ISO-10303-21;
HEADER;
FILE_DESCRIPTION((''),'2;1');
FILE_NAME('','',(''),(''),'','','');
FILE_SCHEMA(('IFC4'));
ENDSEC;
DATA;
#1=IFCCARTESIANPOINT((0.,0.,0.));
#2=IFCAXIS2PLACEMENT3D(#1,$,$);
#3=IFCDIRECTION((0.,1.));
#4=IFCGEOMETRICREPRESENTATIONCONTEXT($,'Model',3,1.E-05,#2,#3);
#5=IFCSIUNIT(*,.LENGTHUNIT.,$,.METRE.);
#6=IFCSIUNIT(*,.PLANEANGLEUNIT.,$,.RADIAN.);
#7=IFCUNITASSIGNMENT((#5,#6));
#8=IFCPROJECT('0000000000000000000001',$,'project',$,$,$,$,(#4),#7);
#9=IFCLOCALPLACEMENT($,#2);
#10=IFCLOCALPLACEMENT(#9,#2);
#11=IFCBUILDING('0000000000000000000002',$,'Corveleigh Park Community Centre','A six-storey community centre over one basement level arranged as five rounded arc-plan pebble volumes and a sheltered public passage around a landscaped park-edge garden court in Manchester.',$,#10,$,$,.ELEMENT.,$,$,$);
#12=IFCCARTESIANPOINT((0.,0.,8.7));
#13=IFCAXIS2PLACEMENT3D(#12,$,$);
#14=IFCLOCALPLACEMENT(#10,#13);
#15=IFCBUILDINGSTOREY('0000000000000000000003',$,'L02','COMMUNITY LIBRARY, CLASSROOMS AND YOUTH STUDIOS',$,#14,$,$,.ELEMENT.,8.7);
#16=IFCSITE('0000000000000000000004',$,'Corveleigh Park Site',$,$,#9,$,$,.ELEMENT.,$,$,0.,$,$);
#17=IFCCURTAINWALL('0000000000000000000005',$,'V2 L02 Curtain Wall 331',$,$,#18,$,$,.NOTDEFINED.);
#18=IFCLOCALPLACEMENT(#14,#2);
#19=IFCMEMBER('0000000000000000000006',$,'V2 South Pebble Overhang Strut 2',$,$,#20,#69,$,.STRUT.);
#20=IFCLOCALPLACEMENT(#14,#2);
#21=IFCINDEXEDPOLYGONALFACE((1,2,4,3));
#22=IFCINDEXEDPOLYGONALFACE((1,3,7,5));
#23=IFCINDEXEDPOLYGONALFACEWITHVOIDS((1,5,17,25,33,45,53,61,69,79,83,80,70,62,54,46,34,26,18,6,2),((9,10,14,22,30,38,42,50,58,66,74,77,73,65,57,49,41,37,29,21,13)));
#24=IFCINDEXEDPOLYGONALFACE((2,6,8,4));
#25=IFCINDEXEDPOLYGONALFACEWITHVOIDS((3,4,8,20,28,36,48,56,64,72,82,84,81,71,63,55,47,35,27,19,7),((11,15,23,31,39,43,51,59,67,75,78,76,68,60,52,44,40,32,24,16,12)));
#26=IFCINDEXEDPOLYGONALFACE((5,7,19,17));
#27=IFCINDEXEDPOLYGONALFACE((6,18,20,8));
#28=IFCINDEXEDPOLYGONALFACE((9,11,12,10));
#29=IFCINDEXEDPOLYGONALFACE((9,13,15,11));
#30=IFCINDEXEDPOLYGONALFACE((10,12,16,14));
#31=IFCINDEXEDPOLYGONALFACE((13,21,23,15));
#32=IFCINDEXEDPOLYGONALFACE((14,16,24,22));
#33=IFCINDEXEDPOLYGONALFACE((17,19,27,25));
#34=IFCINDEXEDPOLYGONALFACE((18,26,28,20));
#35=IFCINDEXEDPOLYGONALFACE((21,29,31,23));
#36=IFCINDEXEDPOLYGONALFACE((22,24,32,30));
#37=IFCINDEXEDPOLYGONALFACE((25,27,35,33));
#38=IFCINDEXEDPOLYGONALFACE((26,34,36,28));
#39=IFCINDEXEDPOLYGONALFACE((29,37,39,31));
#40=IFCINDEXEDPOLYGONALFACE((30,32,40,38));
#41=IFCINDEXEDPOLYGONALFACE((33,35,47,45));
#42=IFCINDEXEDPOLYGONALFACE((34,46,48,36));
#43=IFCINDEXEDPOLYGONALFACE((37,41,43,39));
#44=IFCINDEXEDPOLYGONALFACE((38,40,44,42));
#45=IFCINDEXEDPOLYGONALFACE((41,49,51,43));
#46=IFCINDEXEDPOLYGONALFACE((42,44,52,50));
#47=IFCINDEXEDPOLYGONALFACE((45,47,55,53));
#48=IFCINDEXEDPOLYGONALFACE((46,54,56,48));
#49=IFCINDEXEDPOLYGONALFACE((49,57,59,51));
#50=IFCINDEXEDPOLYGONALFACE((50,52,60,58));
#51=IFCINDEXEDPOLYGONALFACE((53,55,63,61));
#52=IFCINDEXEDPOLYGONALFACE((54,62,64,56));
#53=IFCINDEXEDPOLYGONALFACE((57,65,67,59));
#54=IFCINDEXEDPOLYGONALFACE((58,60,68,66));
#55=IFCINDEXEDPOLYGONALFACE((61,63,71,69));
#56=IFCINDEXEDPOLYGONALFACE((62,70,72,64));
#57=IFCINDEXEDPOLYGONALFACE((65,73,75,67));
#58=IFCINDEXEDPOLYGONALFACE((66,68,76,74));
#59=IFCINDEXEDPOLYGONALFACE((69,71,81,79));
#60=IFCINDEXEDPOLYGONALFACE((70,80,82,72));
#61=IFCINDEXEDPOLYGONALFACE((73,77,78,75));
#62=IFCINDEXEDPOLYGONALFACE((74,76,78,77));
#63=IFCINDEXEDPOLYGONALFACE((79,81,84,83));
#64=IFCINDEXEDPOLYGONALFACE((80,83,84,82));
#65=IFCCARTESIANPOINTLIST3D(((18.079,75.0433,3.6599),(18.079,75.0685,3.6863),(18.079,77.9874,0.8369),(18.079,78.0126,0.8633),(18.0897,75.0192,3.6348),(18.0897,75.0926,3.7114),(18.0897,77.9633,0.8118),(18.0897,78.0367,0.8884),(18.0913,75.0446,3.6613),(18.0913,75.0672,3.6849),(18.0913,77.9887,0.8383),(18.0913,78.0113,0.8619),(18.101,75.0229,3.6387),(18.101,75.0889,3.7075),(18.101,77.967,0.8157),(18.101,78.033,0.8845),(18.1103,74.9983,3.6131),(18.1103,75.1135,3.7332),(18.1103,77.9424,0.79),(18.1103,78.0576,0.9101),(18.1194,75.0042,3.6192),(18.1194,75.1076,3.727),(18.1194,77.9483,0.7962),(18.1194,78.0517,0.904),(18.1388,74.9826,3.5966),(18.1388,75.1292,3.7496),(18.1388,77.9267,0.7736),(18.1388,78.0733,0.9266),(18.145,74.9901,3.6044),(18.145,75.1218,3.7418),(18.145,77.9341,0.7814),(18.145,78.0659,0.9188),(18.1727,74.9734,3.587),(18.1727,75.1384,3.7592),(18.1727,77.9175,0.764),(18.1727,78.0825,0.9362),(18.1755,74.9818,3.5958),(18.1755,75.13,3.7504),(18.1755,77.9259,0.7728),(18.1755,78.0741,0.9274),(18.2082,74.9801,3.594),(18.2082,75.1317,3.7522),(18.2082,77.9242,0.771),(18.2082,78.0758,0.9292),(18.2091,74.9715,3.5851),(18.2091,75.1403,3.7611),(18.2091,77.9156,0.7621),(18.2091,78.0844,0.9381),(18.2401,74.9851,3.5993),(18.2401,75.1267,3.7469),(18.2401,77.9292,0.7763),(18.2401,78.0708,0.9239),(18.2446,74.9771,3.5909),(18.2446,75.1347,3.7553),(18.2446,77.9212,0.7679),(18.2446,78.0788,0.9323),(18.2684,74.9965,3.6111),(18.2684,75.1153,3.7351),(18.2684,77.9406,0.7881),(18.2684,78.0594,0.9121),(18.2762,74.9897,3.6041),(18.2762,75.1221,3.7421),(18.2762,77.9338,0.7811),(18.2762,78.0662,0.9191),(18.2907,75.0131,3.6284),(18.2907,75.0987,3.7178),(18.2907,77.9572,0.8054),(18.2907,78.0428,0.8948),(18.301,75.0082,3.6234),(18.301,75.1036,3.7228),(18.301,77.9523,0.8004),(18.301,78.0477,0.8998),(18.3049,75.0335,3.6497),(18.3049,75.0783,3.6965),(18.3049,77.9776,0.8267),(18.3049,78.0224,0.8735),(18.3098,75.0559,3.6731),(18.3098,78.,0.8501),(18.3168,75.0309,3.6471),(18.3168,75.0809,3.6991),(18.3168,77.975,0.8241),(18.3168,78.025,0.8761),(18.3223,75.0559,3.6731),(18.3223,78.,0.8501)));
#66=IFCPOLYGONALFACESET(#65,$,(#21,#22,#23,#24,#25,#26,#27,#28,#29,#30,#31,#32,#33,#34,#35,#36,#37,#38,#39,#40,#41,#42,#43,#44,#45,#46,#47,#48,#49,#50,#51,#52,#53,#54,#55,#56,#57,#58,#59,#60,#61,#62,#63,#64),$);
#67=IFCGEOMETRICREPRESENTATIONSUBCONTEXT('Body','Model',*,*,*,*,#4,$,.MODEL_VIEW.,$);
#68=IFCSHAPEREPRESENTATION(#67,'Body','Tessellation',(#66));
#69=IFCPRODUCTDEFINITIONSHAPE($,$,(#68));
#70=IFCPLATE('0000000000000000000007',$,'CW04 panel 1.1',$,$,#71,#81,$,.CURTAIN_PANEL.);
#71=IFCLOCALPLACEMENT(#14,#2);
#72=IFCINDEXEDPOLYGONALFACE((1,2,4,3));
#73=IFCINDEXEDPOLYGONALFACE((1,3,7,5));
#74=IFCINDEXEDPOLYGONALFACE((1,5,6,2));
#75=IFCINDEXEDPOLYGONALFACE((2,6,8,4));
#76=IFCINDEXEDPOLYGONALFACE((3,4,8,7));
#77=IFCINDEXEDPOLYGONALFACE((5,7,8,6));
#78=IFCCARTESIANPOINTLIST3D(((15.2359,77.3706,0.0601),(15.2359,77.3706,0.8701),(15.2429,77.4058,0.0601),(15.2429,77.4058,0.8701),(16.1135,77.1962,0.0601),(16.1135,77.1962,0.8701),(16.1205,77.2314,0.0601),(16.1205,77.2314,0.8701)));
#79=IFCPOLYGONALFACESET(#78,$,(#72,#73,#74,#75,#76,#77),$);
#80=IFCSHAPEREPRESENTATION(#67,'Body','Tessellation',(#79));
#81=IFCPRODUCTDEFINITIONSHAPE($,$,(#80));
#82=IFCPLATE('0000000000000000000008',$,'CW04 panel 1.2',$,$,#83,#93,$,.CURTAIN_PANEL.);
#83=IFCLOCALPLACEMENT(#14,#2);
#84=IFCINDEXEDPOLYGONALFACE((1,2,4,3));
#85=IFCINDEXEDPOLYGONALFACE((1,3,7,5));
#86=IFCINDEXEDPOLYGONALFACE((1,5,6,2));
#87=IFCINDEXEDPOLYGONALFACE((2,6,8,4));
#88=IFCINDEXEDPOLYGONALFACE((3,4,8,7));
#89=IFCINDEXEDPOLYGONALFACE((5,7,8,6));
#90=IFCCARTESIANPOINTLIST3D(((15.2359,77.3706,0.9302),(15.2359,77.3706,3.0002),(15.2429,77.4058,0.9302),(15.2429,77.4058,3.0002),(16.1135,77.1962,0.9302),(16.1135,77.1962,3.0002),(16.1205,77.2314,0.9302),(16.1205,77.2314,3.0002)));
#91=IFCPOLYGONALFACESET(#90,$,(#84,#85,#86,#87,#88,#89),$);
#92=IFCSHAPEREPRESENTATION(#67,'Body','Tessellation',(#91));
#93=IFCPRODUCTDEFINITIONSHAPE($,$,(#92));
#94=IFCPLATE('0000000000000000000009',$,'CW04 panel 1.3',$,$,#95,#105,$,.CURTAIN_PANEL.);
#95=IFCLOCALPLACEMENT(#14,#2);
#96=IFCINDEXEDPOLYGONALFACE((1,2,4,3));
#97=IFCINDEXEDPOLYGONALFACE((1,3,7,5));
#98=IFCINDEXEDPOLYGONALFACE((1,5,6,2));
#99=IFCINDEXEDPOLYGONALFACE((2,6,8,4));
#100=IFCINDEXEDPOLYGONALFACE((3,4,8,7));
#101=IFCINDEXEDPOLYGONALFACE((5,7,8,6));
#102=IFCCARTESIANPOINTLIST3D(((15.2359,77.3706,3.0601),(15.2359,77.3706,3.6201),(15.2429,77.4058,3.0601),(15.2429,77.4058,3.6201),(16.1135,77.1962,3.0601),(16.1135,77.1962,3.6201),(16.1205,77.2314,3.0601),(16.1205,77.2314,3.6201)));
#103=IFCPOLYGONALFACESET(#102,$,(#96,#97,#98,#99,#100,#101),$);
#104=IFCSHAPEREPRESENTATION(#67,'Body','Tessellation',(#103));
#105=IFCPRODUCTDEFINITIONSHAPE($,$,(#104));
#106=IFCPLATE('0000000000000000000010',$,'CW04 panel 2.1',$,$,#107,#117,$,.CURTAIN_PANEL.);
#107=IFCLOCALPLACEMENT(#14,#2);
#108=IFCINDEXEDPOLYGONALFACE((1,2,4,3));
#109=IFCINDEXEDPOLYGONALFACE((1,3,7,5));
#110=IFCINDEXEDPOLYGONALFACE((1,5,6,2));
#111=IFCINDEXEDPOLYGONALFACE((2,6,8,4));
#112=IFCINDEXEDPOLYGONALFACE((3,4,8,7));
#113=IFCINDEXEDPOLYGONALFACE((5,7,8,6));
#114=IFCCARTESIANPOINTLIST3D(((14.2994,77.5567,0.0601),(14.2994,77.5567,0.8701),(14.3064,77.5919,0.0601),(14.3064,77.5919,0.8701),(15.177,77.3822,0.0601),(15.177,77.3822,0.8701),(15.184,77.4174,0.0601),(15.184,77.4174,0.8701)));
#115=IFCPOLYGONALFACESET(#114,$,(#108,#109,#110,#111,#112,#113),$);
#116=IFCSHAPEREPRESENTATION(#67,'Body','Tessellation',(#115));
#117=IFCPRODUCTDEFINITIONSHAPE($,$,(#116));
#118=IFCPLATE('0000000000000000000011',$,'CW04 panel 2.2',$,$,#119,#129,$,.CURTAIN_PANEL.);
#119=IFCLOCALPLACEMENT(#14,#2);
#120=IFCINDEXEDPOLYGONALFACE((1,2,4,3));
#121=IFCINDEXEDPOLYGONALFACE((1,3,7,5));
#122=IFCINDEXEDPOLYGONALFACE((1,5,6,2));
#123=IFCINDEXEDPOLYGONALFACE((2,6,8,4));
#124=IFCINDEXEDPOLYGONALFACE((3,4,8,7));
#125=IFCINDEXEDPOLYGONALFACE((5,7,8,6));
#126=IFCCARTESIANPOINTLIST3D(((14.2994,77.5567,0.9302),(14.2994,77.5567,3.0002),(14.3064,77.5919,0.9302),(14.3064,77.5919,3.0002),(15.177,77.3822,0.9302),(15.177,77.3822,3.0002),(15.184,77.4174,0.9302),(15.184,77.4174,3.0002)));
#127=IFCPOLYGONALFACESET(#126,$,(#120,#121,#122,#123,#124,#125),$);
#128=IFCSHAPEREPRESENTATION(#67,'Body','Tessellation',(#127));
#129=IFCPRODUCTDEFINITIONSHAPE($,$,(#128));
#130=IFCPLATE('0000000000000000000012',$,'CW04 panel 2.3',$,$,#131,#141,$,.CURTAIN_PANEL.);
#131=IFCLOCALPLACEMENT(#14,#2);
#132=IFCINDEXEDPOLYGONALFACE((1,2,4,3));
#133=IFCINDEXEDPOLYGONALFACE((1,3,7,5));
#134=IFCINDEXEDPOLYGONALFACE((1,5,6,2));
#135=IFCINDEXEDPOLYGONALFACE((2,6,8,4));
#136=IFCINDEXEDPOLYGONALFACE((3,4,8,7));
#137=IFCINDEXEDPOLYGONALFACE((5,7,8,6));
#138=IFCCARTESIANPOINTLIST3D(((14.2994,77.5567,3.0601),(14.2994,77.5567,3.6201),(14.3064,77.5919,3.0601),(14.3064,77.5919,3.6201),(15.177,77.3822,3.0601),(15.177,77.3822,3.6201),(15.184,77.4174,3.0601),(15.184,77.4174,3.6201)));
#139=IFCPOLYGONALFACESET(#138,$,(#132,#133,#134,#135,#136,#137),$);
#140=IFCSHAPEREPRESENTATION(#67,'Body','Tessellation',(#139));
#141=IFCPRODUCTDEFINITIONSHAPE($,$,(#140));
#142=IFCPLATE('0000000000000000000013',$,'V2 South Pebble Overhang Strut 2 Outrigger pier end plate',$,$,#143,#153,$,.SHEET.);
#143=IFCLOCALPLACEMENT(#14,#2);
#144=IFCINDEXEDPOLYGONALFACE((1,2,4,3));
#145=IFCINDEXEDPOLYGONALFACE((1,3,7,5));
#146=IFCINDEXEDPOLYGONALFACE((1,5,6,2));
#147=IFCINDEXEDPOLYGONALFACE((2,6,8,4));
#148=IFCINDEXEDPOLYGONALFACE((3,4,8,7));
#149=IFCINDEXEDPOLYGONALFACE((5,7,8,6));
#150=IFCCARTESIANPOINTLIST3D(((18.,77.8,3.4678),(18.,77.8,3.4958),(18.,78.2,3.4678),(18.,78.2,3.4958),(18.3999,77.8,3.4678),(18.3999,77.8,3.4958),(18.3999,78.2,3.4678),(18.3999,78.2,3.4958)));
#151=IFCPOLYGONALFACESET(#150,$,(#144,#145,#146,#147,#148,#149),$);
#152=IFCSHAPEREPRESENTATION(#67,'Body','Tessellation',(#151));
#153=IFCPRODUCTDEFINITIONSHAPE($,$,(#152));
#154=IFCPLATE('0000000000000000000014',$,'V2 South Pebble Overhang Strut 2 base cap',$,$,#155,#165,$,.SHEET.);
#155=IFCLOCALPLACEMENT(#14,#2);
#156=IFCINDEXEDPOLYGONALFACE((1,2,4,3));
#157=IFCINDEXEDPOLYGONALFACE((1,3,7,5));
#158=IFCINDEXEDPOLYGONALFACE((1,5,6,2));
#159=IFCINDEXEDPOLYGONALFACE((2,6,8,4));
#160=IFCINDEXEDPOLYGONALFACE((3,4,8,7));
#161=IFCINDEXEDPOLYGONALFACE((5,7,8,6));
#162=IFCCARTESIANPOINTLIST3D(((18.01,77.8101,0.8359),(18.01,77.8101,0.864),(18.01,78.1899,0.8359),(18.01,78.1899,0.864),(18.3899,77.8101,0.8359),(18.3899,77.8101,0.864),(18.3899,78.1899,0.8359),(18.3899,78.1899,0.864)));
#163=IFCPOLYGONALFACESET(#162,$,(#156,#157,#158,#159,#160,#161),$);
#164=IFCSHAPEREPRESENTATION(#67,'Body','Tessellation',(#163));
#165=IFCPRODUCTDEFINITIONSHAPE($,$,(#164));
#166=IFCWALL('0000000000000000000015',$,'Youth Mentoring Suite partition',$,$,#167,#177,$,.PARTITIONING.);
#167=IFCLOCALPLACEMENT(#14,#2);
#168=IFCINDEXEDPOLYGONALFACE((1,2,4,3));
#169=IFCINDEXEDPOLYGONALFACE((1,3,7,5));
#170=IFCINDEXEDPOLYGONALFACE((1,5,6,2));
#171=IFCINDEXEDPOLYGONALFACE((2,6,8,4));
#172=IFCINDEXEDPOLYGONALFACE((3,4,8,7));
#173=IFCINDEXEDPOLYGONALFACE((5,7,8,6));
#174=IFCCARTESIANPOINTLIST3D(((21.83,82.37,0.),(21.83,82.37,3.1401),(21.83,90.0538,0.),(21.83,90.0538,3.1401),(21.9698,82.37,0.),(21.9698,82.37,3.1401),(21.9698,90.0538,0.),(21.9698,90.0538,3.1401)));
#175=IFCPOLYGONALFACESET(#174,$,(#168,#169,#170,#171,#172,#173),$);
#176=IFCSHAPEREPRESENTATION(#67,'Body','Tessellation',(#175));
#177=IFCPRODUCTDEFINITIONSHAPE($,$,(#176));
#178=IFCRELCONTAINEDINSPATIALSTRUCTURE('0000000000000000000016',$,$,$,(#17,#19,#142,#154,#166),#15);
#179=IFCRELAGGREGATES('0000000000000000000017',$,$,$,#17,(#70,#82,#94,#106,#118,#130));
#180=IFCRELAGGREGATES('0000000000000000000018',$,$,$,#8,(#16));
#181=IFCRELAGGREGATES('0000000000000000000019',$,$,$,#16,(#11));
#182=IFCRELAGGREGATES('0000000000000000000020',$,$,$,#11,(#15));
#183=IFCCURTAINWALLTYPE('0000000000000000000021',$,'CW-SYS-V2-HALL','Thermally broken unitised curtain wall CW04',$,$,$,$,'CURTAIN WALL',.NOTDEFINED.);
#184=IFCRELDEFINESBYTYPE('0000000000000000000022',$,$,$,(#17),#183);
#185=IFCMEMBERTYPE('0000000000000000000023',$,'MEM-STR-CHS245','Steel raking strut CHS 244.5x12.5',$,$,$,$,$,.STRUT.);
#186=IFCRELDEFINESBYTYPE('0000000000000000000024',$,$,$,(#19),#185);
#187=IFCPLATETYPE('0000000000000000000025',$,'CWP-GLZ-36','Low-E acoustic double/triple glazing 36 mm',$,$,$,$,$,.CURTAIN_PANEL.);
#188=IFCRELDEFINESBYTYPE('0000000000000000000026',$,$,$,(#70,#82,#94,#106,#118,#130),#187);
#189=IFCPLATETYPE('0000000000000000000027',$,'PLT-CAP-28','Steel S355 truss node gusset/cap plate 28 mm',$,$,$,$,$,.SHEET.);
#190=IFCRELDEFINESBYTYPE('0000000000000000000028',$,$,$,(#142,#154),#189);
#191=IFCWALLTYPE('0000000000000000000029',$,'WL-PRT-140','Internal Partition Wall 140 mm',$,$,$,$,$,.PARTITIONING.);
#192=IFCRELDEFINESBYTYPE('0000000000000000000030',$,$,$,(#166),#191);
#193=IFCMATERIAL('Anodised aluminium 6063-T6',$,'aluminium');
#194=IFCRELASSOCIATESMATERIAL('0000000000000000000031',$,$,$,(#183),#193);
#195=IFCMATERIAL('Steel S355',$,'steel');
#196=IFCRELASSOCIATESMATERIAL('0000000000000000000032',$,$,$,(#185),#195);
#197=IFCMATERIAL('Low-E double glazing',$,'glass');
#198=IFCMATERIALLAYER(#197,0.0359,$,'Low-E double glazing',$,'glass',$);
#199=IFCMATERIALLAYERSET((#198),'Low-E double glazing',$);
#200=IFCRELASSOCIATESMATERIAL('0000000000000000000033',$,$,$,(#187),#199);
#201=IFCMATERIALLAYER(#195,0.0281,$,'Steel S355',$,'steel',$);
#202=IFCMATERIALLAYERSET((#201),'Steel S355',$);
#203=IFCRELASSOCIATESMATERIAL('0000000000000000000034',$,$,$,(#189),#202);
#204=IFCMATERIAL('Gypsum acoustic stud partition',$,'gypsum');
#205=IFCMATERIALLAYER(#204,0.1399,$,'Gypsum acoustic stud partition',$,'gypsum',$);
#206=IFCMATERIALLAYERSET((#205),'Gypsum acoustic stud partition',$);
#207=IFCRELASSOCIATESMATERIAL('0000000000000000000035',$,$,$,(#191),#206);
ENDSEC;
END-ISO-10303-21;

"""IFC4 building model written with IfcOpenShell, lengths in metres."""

from ifc_helpers import new_model, si_unit, direction, frame, frame_2d, origin, origin_2d, place, context, subcontext, project, spatial, rectangle, hollow_circle, extrude, material, layer, layer_set, material_profile, profile_set, type_object, element, aggregate, save


model = new_model("IFC4")

# Units and contexts
model_context = context("Model", 3, precision=1e-05, world=origin(), true_north=direction((0.0, 1.0)))
body_context = subcontext(model_context, "Body", "Model", "MODEL_VIEW")
ifc_project = project(units=[si_unit("LENGTHUNIT", "METRE"), si_unit("PLANEANGLEUNIT", "RADIAN")], contexts=[model_context])

# Site, building, storey
site_placement = place(None, origin())
site = spatial("IfcSite", under=ifc_project, at=site_placement, Name="Corveleigh Park Site", CompositionType="ELEMENT", RefElevation=0.0)
building_placement = place(site_placement, origin())
building = spatial("IfcBuilding", under=site, at=building_placement, Name="Corveleigh Park Community Centre", Description="A six-storey community centre over one basement level arranged as five rounded arc-plan pebble volumes and a sheltered public passage around a landscaped park-edge garden court in Manchester.", CompositionType="ELEMENT")
storey_placement = place(building_placement, frame((0.0, 0.0, 8.7)))
storey = spatial("IfcBuildingStorey", under=building, at=storey_placement, Name="L02", Description="COMMUNITY LIBRARY, CLASSROOMS AND YOUTH STUDIOS", CompositionType="ELEMENT", Elevation=8.7)

# Shared definitions
ifc_material_1 = material(Name="Steel S355", Category="steel")

# Curtain wall
ifc_material_2 = material(Name="Anodised aluminium 6063-T6", Category="aluminium")
curtain_wall_type = type_object("IfcCurtainWallType", Name="CW-SYS-V2-HALL", Description="Thermally broken unitised curtain wall CW04", ElementType="CURTAIN WALL", PredefinedType="NOTDEFINED", material=ifc_material_2)
curtain_wall_1_placement = place(storey_placement, origin())
curtain_wall_1 = element("IfcCurtainWall", 1, at=curtain_wall_1_placement, inside=storey, type_object=curtain_wall_type, Name="V2 L02 Curtain Wall 331", PredefinedType="NOTDEFINED")

# Member
ifc_material_profile_1 = material_profile(ifc_material_1, hollow_circle(Radius=0.1223, WallThickness=0.0125, at=origin_2d()), Name="CHS 244.5x12.5", Category="steel")
ifc_profile_set_1 = profile_set([ifc_material_profile_1], Name="Steel S355")
member_type_1 = type_object("IfcMemberType", Name="MEM-STR-CHS245", Description="Steel raking strut CHS 244.5x12.5", PredefinedType="STRUT", material=ifc_profile_set_1)
member_1_placement = place(storey_placement, frame((18.2, 78.0, 0.8501), z_axis=(0.0, -0.721795, 0.692107), x_axis=(1.0, 0.0, 0.0)))
element("IfcMember", 2, at=member_1_placement, inside=storey, type_object=member_type_1, Name="V2 South Pebble Overhang Strut 2", PredefinedType="STRUT", context=body_context, shape_type="SweptSolid", body=[
    extrude(hollow_circle(Radius=0.1223, WallThickness=0.0125, at=origin_2d()), origin(), (0.0, 0.0, 1.0), 4.0789),
])

# Plates
ifc_material_3 = material(Name="Low-E double glazing", Category="glass")
ifc_layer_1 = layer(ifc_material_3, 0.0359, Name="Low-E double glazing", Category="glass")
ifc_layer_set_1 = layer_set([ifc_layer_1], Name="Low-E double glazing")
plate_type_1 = type_object("IfcPlateType", Name="CWP-GLZ-36", Description="Low-E acoustic double/triple glazing 36 mm", PredefinedType="CURTAIN_PANEL", material=ifc_layer_set_1)
plate_1_placement = place(storey_placement, frame((15.6782, 77.301, 0.0601), z_axis=(0.0, 0.0, 1.0), x_axis=(-0.980814, 0.194944, 0.0)))
plate_1 = element("IfcPlate", 3, at=plate_1_placement, type_object=plate_type_1, Name="CW04 panel 1.1", PredefinedType="CURTAIN_PANEL", context=body_context, shape_type="SweptSolid", body=[
    extrude(rectangle(XDim=0.8948, YDim=0.0359, at=origin_2d()), origin(), (0.0, 0.0, 1.0), 0.8101),
])
plate_2_placement = place(storey_placement, frame((15.6782, 77.301, 0.9302), z_axis=(0.0, 0.0, 1.0), x_axis=(-0.980814, 0.194944, 0.0)))
plate_2 = element("IfcPlate", 4, at=plate_2_placement, type_object=plate_type_1, Name="CW04 panel 1.2", PredefinedType="CURTAIN_PANEL", context=body_context, shape_type="SweptSolid", body=[
    extrude(rectangle(XDim=0.8948, YDim=0.0359, at=origin_2d()), origin(), (0.0, 0.0, 1.0), 2.0701),
])
plate_3_placement = place(storey_placement, frame((15.6782, 77.301, 3.0601), z_axis=(0.0, 0.0, 1.0), x_axis=(-0.980814, 0.194944, 0.0)))
plate_3 = element("IfcPlate", 5, at=plate_3_placement, type_object=plate_type_1, Name="CW04 panel 1.3", PredefinedType="CURTAIN_PANEL", context=body_context, shape_type="SweptSolid", body=[
    extrude(rectangle(XDim=0.8948, YDim=0.0359, at=origin_2d()), origin(), (0.0, 0.0, 1.0), 0.5601),
])
plate_4_placement = place(storey_placement, frame((14.7417, 77.4871, 0.0601), z_axis=(0.0, 0.0, 1.0), x_axis=(-0.980814, 0.194944, 0.0)))
plate_4 = element("IfcPlate", 6, at=plate_4_placement, type_object=plate_type_1, Name="CW04 panel 2.1", PredefinedType="CURTAIN_PANEL", context=body_context, shape_type="SweptSolid", body=[
    extrude(rectangle(XDim=0.8948, YDim=0.0359, at=origin_2d()), origin(), (0.0, 0.0, 1.0), 0.8101),
])
plate_5_placement = place(storey_placement, frame((14.7417, 77.4871, 0.9302), z_axis=(0.0, 0.0, 1.0), x_axis=(-0.980814, 0.194944, 0.0)))
plate_5 = element("IfcPlate", 7, at=plate_5_placement, type_object=plate_type_1, Name="CW04 panel 2.2", PredefinedType="CURTAIN_PANEL", context=body_context, shape_type="SweptSolid", body=[
    extrude(rectangle(XDim=0.8948, YDim=0.0359, at=origin_2d()), origin(), (0.0, 0.0, 1.0), 2.0701),
])
plate_6_placement = place(storey_placement, frame((14.7417, 77.4871, 3.0601), z_axis=(0.0, 0.0, 1.0), x_axis=(-0.980814, 0.194944, 0.0)))
plate_6 = element("IfcPlate", 8, at=plate_6_placement, type_object=plate_type_1, Name="CW04 panel 2.3", PredefinedType="CURTAIN_PANEL", context=body_context, shape_type="SweptSolid", body=[
    extrude(rectangle(XDim=0.8948, YDim=0.0359, at=origin_2d()), origin(), (0.0, 0.0, 1.0), 0.5601),
])
aggregate(curtain_wall_1, [plate_1, plate_2, plate_3, plate_4, plate_5, plate_6])

# Plates
ifc_layer_2 = layer(ifc_material_1, 0.0281, Name="Steel S355", Category="steel")
ifc_layer_set_2 = layer_set([ifc_layer_2], Name="Steel S355")
plate_type_2 = type_object("IfcPlateType", Name="PLT-CAP-28", Description="Steel S355 truss node gusset/cap plate 28 mm", PredefinedType="SHEET", material=ifc_layer_set_2)
plate_7_placement = place(storey_placement, frame((18.2, 78.0, 3.4678), z_axis=(0.0, 0.0, 1.0), x_axis=(1.0, 0.0, 0.0)))
element("IfcPlate", 9, at=plate_7_placement, inside=storey, type_object=plate_type_2, Name="V2 South Pebble Overhang Strut 2 Outrigger pier end plate", PredefinedType="SHEET", context=body_context, shape_type="SweptSolid", body=[
    extrude(rectangle(XDim=0.3999, YDim=0.3999, at=origin_2d()), origin(), (0.0, 0.0, 1.0), 0.0281),
])
plate_8_placement = place(storey_placement, frame((18.2, 78.0, 0.8359), z_axis=(0.0, 0.0, 1.0), x_axis=(1.0, 0.0, 0.0)))
element("IfcPlate", 10, at=plate_8_placement, inside=storey, type_object=plate_type_2, Name="V2 South Pebble Overhang Strut 2 base cap", PredefinedType="SHEET", context=body_context, shape_type="SweptSolid", body=[
    extrude(rectangle(XDim=0.3799, YDim=0.3799, at=origin_2d()), origin(), (0.0, 0.0, 1.0), 0.0281),
])

# Wall
ifc_material_4 = material(Name="Gypsum acoustic stud partition", Category="gypsum")
ifc_layer_3 = layer(ifc_material_4, 0.1399, Name="Gypsum acoustic stud partition", Category="gypsum")
ifc_layer_set_3 = layer_set([ifc_layer_3], Name="Gypsum acoustic stud partition")
wall_type_1 = type_object("IfcWallType", Name="WL-PRT-140", Description="Internal Partition Wall 140 mm", PredefinedType="PARTITIONING", material=ifc_layer_set_3)
wall_1_placement = place(storey_placement, frame((21.8999, 82.3701, 0.0), z_axis=(0.0, 0.0, 1.0), x_axis=(0.0, 1.0, 0.0)))
element("IfcWall", 11, at=wall_1_placement, inside=storey, type_object=wall_type_1, Name="Youth Mentoring Suite partition", PredefinedType="PARTITIONING", context=body_context, shape_type="SweptSolid", body=[
    extrude(rectangle(XDim=7.6838, YDim=0.1399, at=frame_2d((3.8418, 0.0))), origin(), (0.0, 0.0, 1.0), 3.1401),
])

save(model, "model.ifc")
